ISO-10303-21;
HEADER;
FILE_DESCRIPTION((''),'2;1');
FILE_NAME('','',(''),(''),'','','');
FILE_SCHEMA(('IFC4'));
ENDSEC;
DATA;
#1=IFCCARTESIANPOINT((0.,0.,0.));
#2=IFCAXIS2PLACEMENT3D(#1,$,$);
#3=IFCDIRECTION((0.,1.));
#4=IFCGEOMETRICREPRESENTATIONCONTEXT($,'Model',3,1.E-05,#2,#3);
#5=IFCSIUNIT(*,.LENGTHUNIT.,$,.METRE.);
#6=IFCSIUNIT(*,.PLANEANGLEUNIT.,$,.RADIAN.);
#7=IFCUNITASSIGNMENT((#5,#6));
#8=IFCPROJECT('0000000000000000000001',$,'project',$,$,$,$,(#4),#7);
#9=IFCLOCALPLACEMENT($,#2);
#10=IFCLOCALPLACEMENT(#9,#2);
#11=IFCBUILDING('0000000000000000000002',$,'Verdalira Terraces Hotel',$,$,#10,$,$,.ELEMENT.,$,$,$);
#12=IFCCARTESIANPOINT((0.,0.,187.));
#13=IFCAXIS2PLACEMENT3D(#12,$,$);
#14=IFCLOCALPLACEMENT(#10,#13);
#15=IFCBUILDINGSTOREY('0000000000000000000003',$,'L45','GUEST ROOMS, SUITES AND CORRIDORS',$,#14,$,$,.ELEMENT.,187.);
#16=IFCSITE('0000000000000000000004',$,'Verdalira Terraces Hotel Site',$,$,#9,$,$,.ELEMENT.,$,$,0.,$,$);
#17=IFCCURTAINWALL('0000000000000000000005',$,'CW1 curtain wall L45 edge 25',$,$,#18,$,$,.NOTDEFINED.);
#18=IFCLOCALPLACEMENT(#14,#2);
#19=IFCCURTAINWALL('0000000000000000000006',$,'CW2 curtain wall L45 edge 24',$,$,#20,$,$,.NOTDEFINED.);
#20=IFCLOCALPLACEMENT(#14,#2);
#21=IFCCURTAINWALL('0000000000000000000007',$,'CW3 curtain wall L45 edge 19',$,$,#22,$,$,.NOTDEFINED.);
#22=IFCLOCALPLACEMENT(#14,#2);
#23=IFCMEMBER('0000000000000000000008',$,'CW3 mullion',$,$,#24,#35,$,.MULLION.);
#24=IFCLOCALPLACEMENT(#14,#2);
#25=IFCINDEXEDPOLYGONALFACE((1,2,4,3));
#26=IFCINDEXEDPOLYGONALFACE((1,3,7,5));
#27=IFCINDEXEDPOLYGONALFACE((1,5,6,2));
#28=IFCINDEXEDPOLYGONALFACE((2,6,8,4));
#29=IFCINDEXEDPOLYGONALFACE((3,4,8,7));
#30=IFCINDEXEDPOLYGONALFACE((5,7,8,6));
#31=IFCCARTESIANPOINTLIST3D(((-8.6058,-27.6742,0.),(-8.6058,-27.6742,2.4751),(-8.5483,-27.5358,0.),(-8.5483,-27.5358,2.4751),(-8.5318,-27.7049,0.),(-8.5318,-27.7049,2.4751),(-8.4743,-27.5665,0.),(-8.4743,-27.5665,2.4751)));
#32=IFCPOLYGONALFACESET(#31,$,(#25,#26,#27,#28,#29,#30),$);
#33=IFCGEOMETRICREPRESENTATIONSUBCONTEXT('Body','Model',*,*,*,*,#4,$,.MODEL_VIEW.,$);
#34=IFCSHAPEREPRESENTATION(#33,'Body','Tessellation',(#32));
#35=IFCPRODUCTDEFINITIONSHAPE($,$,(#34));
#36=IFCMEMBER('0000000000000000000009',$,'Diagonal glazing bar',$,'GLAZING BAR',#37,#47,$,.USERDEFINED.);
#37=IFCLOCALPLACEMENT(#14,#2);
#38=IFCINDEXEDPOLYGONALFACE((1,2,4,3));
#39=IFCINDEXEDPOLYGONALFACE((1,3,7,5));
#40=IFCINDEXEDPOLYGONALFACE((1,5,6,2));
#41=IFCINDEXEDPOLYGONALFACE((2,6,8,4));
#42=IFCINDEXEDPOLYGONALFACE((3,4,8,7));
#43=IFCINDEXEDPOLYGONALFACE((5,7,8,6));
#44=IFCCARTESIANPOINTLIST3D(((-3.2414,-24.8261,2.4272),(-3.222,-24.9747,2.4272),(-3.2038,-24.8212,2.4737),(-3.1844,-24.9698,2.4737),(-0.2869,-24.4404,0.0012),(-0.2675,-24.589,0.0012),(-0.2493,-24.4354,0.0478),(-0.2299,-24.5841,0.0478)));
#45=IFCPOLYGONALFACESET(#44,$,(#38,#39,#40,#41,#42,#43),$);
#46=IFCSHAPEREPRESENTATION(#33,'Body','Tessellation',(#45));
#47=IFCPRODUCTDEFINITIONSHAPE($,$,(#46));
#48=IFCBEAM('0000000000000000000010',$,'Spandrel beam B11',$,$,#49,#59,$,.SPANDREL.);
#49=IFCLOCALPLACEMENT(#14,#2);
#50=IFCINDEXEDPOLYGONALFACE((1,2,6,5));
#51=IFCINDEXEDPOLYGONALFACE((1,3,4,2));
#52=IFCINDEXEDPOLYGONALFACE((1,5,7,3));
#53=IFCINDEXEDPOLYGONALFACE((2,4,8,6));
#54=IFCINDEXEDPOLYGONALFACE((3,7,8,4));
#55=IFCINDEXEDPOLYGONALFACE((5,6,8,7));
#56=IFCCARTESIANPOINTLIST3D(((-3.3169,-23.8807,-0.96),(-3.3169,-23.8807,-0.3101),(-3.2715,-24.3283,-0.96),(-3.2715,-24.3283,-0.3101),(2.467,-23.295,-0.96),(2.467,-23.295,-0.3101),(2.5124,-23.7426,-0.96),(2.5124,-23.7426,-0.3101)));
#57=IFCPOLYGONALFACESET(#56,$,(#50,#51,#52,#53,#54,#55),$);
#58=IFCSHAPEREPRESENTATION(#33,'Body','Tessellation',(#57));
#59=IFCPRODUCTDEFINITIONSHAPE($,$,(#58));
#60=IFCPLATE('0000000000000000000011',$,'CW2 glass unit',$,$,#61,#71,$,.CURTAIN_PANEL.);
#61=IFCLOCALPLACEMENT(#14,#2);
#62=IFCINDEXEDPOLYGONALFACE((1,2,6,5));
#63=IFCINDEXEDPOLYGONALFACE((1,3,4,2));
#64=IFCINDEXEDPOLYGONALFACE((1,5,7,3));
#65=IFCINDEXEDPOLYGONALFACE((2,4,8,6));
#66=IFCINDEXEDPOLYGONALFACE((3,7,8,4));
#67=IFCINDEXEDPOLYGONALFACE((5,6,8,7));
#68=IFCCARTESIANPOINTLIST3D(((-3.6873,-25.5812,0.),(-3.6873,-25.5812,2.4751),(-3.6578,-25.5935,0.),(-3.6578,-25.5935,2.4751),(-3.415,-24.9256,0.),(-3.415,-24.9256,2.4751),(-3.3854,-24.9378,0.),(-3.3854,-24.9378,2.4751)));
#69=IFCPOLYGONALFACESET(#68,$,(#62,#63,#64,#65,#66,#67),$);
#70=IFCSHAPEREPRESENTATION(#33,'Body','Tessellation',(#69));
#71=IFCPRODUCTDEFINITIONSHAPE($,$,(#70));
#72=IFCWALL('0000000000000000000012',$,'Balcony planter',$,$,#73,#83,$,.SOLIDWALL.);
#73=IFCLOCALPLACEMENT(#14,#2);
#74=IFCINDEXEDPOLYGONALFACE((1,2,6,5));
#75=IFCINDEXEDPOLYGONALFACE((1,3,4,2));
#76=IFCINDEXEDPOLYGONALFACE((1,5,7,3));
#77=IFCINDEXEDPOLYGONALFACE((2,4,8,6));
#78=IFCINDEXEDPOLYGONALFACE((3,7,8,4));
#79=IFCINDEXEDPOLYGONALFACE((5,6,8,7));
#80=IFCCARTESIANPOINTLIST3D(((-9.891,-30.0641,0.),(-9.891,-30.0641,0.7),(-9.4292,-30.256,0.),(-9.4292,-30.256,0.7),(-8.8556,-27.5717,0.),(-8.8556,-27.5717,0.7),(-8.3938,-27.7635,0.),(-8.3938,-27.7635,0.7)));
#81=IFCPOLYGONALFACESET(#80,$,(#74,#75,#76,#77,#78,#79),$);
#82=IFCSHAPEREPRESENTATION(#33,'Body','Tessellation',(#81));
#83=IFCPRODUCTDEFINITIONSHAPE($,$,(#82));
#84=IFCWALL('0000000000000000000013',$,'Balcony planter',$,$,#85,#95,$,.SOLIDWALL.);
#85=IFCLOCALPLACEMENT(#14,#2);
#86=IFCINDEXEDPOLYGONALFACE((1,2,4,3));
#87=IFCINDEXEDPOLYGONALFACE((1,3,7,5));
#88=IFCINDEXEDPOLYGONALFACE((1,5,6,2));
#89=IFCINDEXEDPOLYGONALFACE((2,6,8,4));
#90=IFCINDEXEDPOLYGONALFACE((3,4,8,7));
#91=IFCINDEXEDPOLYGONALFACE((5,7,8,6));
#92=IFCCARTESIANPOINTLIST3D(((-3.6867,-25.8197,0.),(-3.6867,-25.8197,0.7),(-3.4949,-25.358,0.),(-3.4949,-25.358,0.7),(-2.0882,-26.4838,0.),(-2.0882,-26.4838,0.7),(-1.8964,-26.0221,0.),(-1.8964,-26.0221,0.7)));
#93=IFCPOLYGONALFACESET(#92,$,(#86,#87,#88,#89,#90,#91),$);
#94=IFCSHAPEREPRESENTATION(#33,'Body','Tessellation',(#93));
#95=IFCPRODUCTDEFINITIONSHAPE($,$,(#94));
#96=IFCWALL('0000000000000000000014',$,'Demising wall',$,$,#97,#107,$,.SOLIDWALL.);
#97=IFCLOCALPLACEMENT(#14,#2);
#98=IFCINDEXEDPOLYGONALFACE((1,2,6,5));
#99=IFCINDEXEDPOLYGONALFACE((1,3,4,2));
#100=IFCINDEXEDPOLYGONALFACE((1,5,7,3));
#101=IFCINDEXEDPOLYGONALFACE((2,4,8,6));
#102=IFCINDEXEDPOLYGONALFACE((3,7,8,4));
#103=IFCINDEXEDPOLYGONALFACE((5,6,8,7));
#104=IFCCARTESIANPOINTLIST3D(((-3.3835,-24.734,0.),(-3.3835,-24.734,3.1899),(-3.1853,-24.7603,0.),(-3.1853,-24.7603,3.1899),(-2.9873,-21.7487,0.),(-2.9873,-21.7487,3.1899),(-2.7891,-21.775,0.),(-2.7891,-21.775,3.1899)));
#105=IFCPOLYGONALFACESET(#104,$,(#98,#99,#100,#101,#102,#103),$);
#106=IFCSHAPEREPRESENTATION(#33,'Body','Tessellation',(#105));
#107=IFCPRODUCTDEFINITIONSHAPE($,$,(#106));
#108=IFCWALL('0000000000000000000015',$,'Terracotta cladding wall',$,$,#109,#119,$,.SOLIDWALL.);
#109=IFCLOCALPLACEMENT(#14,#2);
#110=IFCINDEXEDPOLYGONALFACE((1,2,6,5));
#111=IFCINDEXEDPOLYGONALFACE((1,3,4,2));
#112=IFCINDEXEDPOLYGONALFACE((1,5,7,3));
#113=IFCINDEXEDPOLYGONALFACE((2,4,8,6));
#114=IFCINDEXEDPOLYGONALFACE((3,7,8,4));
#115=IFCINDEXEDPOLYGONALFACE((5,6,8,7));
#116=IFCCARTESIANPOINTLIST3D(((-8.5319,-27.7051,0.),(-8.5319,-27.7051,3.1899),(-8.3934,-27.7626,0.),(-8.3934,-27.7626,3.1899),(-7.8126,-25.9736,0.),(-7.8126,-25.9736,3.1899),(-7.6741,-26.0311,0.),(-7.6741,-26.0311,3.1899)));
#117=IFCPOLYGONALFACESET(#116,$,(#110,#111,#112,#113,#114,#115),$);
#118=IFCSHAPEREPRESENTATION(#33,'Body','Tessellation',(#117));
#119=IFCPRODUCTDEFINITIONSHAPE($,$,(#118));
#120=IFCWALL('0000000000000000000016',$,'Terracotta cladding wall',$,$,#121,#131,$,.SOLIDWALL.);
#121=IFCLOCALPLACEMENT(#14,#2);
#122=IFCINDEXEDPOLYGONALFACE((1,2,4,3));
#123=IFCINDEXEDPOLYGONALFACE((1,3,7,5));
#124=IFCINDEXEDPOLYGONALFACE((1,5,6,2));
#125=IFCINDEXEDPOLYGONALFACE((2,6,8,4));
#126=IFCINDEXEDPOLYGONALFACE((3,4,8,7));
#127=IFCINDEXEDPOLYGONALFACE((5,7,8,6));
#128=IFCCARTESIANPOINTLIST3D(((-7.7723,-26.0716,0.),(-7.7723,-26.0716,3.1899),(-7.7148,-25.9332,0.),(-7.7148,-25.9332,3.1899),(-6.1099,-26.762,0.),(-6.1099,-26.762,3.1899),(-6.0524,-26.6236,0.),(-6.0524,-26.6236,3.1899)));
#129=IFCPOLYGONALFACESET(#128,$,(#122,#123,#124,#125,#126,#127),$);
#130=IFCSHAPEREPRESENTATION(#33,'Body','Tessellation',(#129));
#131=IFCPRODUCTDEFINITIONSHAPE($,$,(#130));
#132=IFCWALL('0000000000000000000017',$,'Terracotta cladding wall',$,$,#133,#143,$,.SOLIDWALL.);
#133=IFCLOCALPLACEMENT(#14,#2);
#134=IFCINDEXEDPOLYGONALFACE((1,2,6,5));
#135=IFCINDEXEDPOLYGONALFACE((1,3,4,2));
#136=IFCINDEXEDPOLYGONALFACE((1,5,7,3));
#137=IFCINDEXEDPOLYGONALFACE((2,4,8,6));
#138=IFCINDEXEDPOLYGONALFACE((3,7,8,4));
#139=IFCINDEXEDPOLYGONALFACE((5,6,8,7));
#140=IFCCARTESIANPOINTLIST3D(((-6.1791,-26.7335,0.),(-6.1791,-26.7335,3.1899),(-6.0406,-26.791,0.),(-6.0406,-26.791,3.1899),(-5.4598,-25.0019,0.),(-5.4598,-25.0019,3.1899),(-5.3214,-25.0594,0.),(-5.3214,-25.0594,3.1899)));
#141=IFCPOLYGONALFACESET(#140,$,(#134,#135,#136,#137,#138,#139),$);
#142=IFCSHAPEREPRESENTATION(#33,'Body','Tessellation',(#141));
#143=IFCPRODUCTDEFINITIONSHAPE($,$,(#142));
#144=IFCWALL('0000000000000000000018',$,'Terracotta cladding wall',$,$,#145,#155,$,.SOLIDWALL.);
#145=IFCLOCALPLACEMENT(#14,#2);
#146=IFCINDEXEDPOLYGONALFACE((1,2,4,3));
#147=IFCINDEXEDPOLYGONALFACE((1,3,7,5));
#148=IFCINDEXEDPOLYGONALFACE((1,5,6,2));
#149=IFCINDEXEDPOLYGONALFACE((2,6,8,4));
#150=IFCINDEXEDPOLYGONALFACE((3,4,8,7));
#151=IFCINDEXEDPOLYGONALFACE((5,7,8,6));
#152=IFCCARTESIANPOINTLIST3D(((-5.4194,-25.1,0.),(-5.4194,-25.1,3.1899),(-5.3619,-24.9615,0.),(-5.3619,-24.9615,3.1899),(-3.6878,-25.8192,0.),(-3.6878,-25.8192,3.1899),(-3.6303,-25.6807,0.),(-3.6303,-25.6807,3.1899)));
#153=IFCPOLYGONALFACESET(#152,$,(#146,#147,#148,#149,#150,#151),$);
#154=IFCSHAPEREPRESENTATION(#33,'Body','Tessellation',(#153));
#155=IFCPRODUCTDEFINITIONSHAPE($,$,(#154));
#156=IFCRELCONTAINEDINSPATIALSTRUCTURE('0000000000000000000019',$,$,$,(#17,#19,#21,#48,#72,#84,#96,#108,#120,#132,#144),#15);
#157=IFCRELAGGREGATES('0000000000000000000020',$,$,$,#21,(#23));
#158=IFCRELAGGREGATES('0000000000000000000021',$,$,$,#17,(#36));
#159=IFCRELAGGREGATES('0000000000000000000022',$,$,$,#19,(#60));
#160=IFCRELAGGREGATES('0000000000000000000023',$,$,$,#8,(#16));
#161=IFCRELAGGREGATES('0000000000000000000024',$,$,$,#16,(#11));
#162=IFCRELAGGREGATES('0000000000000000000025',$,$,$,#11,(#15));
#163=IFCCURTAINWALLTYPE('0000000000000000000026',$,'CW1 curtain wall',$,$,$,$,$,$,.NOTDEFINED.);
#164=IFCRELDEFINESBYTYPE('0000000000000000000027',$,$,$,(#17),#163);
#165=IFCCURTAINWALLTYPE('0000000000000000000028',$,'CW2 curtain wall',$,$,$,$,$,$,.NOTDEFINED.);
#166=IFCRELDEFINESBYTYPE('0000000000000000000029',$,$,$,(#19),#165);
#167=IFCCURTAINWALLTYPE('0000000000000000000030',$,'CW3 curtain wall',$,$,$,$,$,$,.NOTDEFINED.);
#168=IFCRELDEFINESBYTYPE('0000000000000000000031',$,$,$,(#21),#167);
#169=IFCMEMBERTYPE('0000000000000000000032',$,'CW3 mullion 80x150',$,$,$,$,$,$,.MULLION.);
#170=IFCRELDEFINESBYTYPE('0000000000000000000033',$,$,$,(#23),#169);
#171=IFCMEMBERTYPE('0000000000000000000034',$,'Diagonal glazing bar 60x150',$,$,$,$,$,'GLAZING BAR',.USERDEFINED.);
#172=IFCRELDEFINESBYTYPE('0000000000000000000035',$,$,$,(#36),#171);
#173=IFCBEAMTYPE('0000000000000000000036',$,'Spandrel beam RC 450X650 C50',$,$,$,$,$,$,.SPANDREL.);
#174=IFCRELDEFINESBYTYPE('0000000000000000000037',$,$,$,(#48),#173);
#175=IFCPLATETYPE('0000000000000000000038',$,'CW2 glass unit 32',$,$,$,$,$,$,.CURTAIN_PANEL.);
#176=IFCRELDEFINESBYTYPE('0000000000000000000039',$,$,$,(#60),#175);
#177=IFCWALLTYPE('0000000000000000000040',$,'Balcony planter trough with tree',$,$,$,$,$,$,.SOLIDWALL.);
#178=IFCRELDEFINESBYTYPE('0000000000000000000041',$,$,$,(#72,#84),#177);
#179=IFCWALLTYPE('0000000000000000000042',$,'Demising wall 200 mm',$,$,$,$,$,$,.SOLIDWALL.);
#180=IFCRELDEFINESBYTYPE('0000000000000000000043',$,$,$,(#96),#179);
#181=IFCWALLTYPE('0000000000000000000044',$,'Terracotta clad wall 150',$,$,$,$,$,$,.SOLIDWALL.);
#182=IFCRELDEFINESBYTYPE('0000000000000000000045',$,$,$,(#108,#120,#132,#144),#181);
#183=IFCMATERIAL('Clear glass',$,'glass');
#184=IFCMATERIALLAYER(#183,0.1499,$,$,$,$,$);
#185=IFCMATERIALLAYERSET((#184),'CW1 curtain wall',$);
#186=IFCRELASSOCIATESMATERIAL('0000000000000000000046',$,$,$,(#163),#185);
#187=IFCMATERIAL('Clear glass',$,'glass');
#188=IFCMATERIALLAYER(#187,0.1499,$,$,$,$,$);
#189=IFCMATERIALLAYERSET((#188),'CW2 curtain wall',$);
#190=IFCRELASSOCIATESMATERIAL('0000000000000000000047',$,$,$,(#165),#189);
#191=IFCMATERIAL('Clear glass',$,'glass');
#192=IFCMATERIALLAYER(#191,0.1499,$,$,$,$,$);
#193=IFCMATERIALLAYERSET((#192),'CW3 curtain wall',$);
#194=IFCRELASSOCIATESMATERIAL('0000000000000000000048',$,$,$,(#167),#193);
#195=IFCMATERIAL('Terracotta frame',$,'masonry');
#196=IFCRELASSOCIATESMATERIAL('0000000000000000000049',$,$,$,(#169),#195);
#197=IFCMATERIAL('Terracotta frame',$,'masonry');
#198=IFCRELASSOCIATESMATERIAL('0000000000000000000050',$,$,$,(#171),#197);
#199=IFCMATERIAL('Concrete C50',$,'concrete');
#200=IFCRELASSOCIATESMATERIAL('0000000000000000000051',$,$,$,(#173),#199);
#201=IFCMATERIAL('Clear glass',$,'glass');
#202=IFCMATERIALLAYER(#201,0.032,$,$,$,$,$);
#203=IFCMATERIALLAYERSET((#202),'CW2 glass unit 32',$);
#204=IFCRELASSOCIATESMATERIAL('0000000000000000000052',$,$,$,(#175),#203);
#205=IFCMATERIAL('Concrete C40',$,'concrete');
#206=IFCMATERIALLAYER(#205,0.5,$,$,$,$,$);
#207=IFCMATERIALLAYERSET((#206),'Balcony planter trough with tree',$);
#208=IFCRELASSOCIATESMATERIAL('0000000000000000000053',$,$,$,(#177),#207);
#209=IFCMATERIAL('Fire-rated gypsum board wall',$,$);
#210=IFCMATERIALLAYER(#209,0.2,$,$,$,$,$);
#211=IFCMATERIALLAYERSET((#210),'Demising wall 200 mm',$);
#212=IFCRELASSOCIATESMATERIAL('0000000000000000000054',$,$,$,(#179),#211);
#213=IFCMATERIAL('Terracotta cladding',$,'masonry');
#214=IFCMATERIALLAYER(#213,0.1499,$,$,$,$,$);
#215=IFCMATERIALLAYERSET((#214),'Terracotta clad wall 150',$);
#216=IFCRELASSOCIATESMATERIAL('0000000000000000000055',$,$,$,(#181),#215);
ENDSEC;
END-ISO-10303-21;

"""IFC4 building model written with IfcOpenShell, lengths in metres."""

from ifc_helpers import new_model, si_unit, direction, frame, frame_2d, origin, origin_2d, place, context, subcontext, project, spatial, rectangle, extrude, material, layer, layer_set, material_profile, profile_set, type_object, element, aggregate, save


model = new_model("IFC4")

# Units and contexts
model_context = context("Model", 3, precision=1e-05, world=origin(), true_north=direction((0.0, 1.0)))
body_context = subcontext(model_context, "Body", "Model", "MODEL_VIEW")
ifc_project = project(units=[si_unit("LENGTHUNIT", "METRE"), si_unit("PLANEANGLEUNIT", "RADIAN")], contexts=[model_context])

# Site, building, storey
site_placement = place(None, origin())
site = spatial("IfcSite", under=ifc_project, at=site_placement, Name="Verdalira Terraces Hotel Site", CompositionType="ELEMENT", RefElevation=0.0)
building_placement = place(site_placement, origin())
building = spatial("IfcBuilding", under=site, at=building_placement, Name="Verdalira Terraces Hotel", CompositionType="ELEMENT")
storey_placement = place(building_placement, frame((0.0, 0.0, 187.0)))
storey = spatial("IfcBuildingStorey", under=building, at=storey_placement, Name="L45", Description="GUEST ROOMS, SUITES AND CORRIDORS", CompositionType="ELEMENT", Elevation=187.0)

# Curtain walls
ifc_material_1 = material(Name="Clear glass", Category="glass")
ifc_layer_1 = layer(ifc_material_1, 0.1499)
ifc_layer_set_1 = layer_set([ifc_layer_1], Name="CW1 curtain wall")
curtain_wall_type_1 = type_object("IfcCurtainWallType", Name="CW1 curtain wall", PredefinedType="NOTDEFINED", material=ifc_layer_set_1)
curtain_wall_1_placement = place(storey_placement, origin())
curtain_wall_1 = element("IfcCurtainWall", 1, at=curtain_wall_1_placement, inside=storey, type_object=curtain_wall_type_1, Name="CW1 curtain wall L45 edge 25", PredefinedType="NOTDEFINED")
ifc_material_2 = material(Name="Clear glass", Category="glass")
ifc_layer_2 = layer(ifc_material_2, 0.1499)
ifc_layer_set_2 = layer_set([ifc_layer_2], Name="CW2 curtain wall")
curtain_wall_type_2 = type_object("IfcCurtainWallType", Name="CW2 curtain wall", PredefinedType="NOTDEFINED", material=ifc_layer_set_2)
curtain_wall_2_placement = place(storey_placement, origin())
curtain_wall_2 = element("IfcCurtainWall", 2, at=curtain_wall_2_placement, inside=storey, type_object=curtain_wall_type_2, Name="CW2 curtain wall L45 edge 24", PredefinedType="NOTDEFINED")

# Curtain wall, member
ifc_material_3 = material(Name="Clear glass", Category="glass")
ifc_layer_3 = layer(ifc_material_3, 0.1499)
ifc_layer_set_3 = layer_set([ifc_layer_3], Name="CW3 curtain wall")
curtain_wall_type_3 = type_object("IfcCurtainWallType", Name="CW3 curtain wall", PredefinedType="NOTDEFINED", material=ifc_layer_set_3)
curtain_wall_3_placement = place(storey_placement, origin())
curtain_wall_3 = element("IfcCurtainWall", 3, at=curtain_wall_3_placement, inside=storey, type_object=curtain_wall_type_3, Name="CW3 curtain wall L45 edge 19", PredefinedType="NOTDEFINED")
ifc_material_4 = material(Name="Terracotta frame", Category="masonry")
ifc_material_profile_1 = material_profile(ifc_material_4, rectangle(XDim=0.0801, YDim=0.1499, at=origin_2d()), Name="MU 80x150")
ifc_profile_set_1 = profile_set([ifc_material_profile_1], Name="Terracotta frame")
member_type_1 = type_object("IfcMemberType", Name="CW3 mullion 80x150", PredefinedType="MULLION", material=ifc_profile_set_1)
member_1_placement = place(storey_placement, frame((-8.54, -27.6204, 0.0), z_axis=(0.0, 0.0, 1.0), x_axis=(0.923478, -0.383651, 0.0)))
member_1 = element("IfcMember", 4, at=member_1_placement, type_object=member_type_1, Name="CW3 mullion", PredefinedType="MULLION", context=body_context, shape_type="SweptSolid", body=[
    extrude(rectangle(XDim=0.0801, YDim=0.1499, at=origin_2d()), origin(), (0.0, 0.0, 1.0), 2.4751),
])
aggregate(curtain_wall_3, [member_1])

# Member
ifc_material_5 = material(Name="Terracotta frame", Category="masonry")
ifc_material_profile_2 = material_profile(ifc_material_5, rectangle(XDim=0.1499, YDim=0.0601, at=origin_2d()), Name="GB 60x150")
ifc_profile_set_2 = profile_set([ifc_material_profile_2], Name="Terracotta frame")
member_type_2 = type_object("IfcMemberType", Name="Diagonal glazing bar 60x150", ElementType="GLAZING BAR", PredefinedType="USERDEFINED", material=ifc_profile_set_2)
member_2_placement = place(storey_placement, frame((-3.2129, -24.8979, 2.4504), z_axis=(0.768945, 0.100391, -0.631384), x_axis=(-0.129458, 0.991585, 0.0)))
member_2 = element("IfcMember", 5, at=member_2_placement, type_object=member_type_2, Name="Diagonal glazing bar", ObjectType="GLAZING BAR", PredefinedType="USERDEFINED", context=body_context, shape_type="SweptSolid", body=[
    extrude(rectangle(XDim=0.1499, YDim=0.0601, at=origin_2d()), origin(), (0.0, 0.0, 1.0), 3.8423),
])
aggregate(curtain_wall_1, [member_2])

# Beam
ifc_material_6 = material(Name="Concrete C50", Category="concrete")
ifc_material_profile_3 = material_profile(ifc_material_6, rectangle(XDim=0.45, YDim=0.6499, at=origin_2d()), Name="RC 450X650")
ifc_profile_set_3 = profile_set([ifc_material_profile_3], Name="Concrete C50")
beam_type_1 = type_object("IfcBeamType", Name="Spandrel beam RC 450X650 C50", PredefinedType="SPANDREL", material=ifc_profile_set_3)
beam_1_placement = place(storey_placement, frame((-3.2942, -24.1045, -0.635), z_axis=(0.994912, 0.100747, 0.0), x_axis=(-0.100747, 0.994912, 0.0)))
element("IfcBeam", 6, at=beam_1_placement, inside=storey, type_object=beam_type_1, Name="Spandrel beam B11", PredefinedType="SPANDREL", context=body_context, shape_type="SweptSolid", body=[
    extrude(rectangle(XDim=0.45, YDim=0.6499, at=origin_2d()), origin(), (0.0, 0.0, 1.0), 5.8135),
])

# Plate
ifc_material_7 = material(Name="Clear glass", Category="glass")
ifc_layer_4 = layer(ifc_material_7, 0.032)
ifc_layer_set_4 = layer_set([ifc_layer_4], Name="CW2 glass unit 32")
plate_type = type_object("IfcPlateType", Name="CW2 glass unit 32", PredefinedType="CURTAIN_PANEL", material=ifc_layer_set_4)
plate_placement = place(storey_placement, frame((-3.5364, -25.2595, 0.0), z_axis=(0.0, 0.0, 1.0), x_axis=(0.383651, 0.923478, 0.0)))
plate = element("IfcPlate", 7, at=plate_placement, type_object=plate_type, Name="CW2 glass unit", PredefinedType="CURTAIN_PANEL", context=body_context, shape_type="SweptSolid", body=[
    extrude(rectangle(XDim=0.71, YDim=0.032, at=origin_2d()), origin(), (0.0, 0.0, 1.0), 2.4751),
])
aggregate(curtain_wall_2, [plate])

# Walls
ifc_material_8 = material(Name="Concrete C40", Category="concrete")
ifc_layer_5 = layer(ifc_material_8, 0.5)
ifc_layer_set_5 = layer_set([ifc_layer_5], Name="Balcony planter trough with tree")
wall_type_1 = type_object("IfcWallType", Name="Balcony planter trough with tree", PredefinedType="SOLIDWALL", material=ifc_layer_set_5)
wall_1_placement = place(storey_placement, frame((-9.6602, -30.1602, 0.0), z_axis=(0.0, 0.0, 1.0), x_axis=(0.383632, 0.923486, 0.0)))
element("IfcWall", 8, at=wall_1_placement, inside=storey, type_object=wall_type_1, Name="Balcony planter", PredefinedType="SOLIDWALL", context=body_context, shape_type="SweptSolid", body=[
    extrude(rectangle(XDim=2.699, YDim=0.5, at=frame_2d((1.3496, 0.0))), origin(), (0.0, 0.0, 1.0), 0.7),
])
wall_2_placement = place(storey_placement, frame((-3.5908, -25.5889, 0.0), z_axis=(0.0, 0.0, 1.0), x_axis=(0.923473, -0.383664, 0.0)))
element("IfcWall", 9, at=wall_2_placement, inside=storey, type_object=wall_type_1, Name="Balcony planter", PredefinedType="SOLIDWALL", context=body_context, shape_type="SweptSolid", body=[
    extrude(rectangle(XDim=1.731, YDim=0.5, at=frame_2d((0.8655, 0.0))), origin(), (0.0, 0.0, 1.0), 0.7),
])
ifc_material_9 = material(Name="Fire-rated gypsum board wall")
ifc_layer_6 = layer(ifc_material_9, 0.2)
ifc_layer_set_6 = layer_set([ifc_layer_6], Name="Demising wall 200 mm")
wall_type_2 = type_object("IfcWallType", Name="Demising wall 200 mm", PredefinedType="SOLIDWALL", material=ifc_layer_set_6)
wall_3_placement = place(storey_placement, frame((-2.8882, -21.7617, 0.0), z_axis=(0.0, 0.0, 1.0), x_axis=(-0.131574, -0.991306, 0.0)))
element("IfcWall", 10, at=wall_3_placement, inside=storey, type_object=wall_type_2, Name="Demising wall", PredefinedType="SOLIDWALL", context=body_context, shape_type="SweptSolid", body=[
    extrude(rectangle(XDim=3.0115, YDim=0.2, at=frame_2d((1.5059, 0.0))), origin(), (0.0, 0.0, 1.0), 3.1899),
])
ifc_material_10 = material(Name="Terracotta cladding", Category="masonry")
ifc_layer_7 = layer(ifc_material_10, 0.1499)
ifc_layer_set_7 = layer_set([ifc_layer_7], Name="Terracotta clad wall 150")
wall_type_3 = type_object("IfcWallType", Name="Terracotta clad wall 150", PredefinedType="SOLIDWALL", material=ifc_layer_set_7)
wall_4_placement = place(storey_placement, frame((-8.4626, -27.7339, 0.0), z_axis=(0.0, 0.0, 1.0), x_axis=(0.383617, 0.923492, 0.0)))
element("IfcWall", 11, at=wall_4_placement, inside=storey, type_object=wall_type_3, Name="Terracotta cladding wall", PredefinedType="SOLIDWALL", context=body_context, shape_type="SweptSolid", body=[
    extrude(rectangle(XDim=1.875, YDim=0.1499, at=frame_2d((0.9375, 0.0))), origin(), (0.0, 0.0, 1.0), 3.1899),
])
wall_5_placement = place(storey_placement, frame((-7.7434, -26.0024, 0.0), z_axis=(0.0, 0.0, 1.0), x_axis=(0.923514, -0.383565, 0.0)))
element("IfcWall", 12, at=wall_5_placement, inside=storey, type_object=wall_type_3, Name="Terracotta cladding wall", PredefinedType="SOLIDWALL", context=body_context, shape_type="SweptSolid", body=[
    extrude(rectangle(XDim=1.8, YDim=0.1499, at=frame_2d((0.8999, 0.0))), origin(), (0.0, 0.0, 1.0), 3.1899),
])
for number, where, z_axis, x_axis, name in (
    (13, (-6.1099, -26.7622, 0.0), (0.0, 0.0, 1.0), (0.383617, 0.923492, 0.0), "Terracotta cladding wall"),
    (14, (-5.3906, -25.0308, 0.0), (0.0, 0.0, 1.0), (0.923512, -0.38357, 0.0), "Terracotta cladding wall"),
):
    element("IfcWall", number, at=place(storey_placement, frame(where, z_axis=z_axis, x_axis=x_axis)), inside=storey, type_object=wall_type_3, Name=name, PredefinedType="SOLIDWALL", context=body_context, shape_type="SweptSolid", body=[
        extrude(rectangle(XDim=1.875, YDim=0.1499, at=frame_2d((0.9375, 0.0))), origin(), (0.0, 0.0, 1.0), 3.1899),
    ])

save(model, "model.ifc")
